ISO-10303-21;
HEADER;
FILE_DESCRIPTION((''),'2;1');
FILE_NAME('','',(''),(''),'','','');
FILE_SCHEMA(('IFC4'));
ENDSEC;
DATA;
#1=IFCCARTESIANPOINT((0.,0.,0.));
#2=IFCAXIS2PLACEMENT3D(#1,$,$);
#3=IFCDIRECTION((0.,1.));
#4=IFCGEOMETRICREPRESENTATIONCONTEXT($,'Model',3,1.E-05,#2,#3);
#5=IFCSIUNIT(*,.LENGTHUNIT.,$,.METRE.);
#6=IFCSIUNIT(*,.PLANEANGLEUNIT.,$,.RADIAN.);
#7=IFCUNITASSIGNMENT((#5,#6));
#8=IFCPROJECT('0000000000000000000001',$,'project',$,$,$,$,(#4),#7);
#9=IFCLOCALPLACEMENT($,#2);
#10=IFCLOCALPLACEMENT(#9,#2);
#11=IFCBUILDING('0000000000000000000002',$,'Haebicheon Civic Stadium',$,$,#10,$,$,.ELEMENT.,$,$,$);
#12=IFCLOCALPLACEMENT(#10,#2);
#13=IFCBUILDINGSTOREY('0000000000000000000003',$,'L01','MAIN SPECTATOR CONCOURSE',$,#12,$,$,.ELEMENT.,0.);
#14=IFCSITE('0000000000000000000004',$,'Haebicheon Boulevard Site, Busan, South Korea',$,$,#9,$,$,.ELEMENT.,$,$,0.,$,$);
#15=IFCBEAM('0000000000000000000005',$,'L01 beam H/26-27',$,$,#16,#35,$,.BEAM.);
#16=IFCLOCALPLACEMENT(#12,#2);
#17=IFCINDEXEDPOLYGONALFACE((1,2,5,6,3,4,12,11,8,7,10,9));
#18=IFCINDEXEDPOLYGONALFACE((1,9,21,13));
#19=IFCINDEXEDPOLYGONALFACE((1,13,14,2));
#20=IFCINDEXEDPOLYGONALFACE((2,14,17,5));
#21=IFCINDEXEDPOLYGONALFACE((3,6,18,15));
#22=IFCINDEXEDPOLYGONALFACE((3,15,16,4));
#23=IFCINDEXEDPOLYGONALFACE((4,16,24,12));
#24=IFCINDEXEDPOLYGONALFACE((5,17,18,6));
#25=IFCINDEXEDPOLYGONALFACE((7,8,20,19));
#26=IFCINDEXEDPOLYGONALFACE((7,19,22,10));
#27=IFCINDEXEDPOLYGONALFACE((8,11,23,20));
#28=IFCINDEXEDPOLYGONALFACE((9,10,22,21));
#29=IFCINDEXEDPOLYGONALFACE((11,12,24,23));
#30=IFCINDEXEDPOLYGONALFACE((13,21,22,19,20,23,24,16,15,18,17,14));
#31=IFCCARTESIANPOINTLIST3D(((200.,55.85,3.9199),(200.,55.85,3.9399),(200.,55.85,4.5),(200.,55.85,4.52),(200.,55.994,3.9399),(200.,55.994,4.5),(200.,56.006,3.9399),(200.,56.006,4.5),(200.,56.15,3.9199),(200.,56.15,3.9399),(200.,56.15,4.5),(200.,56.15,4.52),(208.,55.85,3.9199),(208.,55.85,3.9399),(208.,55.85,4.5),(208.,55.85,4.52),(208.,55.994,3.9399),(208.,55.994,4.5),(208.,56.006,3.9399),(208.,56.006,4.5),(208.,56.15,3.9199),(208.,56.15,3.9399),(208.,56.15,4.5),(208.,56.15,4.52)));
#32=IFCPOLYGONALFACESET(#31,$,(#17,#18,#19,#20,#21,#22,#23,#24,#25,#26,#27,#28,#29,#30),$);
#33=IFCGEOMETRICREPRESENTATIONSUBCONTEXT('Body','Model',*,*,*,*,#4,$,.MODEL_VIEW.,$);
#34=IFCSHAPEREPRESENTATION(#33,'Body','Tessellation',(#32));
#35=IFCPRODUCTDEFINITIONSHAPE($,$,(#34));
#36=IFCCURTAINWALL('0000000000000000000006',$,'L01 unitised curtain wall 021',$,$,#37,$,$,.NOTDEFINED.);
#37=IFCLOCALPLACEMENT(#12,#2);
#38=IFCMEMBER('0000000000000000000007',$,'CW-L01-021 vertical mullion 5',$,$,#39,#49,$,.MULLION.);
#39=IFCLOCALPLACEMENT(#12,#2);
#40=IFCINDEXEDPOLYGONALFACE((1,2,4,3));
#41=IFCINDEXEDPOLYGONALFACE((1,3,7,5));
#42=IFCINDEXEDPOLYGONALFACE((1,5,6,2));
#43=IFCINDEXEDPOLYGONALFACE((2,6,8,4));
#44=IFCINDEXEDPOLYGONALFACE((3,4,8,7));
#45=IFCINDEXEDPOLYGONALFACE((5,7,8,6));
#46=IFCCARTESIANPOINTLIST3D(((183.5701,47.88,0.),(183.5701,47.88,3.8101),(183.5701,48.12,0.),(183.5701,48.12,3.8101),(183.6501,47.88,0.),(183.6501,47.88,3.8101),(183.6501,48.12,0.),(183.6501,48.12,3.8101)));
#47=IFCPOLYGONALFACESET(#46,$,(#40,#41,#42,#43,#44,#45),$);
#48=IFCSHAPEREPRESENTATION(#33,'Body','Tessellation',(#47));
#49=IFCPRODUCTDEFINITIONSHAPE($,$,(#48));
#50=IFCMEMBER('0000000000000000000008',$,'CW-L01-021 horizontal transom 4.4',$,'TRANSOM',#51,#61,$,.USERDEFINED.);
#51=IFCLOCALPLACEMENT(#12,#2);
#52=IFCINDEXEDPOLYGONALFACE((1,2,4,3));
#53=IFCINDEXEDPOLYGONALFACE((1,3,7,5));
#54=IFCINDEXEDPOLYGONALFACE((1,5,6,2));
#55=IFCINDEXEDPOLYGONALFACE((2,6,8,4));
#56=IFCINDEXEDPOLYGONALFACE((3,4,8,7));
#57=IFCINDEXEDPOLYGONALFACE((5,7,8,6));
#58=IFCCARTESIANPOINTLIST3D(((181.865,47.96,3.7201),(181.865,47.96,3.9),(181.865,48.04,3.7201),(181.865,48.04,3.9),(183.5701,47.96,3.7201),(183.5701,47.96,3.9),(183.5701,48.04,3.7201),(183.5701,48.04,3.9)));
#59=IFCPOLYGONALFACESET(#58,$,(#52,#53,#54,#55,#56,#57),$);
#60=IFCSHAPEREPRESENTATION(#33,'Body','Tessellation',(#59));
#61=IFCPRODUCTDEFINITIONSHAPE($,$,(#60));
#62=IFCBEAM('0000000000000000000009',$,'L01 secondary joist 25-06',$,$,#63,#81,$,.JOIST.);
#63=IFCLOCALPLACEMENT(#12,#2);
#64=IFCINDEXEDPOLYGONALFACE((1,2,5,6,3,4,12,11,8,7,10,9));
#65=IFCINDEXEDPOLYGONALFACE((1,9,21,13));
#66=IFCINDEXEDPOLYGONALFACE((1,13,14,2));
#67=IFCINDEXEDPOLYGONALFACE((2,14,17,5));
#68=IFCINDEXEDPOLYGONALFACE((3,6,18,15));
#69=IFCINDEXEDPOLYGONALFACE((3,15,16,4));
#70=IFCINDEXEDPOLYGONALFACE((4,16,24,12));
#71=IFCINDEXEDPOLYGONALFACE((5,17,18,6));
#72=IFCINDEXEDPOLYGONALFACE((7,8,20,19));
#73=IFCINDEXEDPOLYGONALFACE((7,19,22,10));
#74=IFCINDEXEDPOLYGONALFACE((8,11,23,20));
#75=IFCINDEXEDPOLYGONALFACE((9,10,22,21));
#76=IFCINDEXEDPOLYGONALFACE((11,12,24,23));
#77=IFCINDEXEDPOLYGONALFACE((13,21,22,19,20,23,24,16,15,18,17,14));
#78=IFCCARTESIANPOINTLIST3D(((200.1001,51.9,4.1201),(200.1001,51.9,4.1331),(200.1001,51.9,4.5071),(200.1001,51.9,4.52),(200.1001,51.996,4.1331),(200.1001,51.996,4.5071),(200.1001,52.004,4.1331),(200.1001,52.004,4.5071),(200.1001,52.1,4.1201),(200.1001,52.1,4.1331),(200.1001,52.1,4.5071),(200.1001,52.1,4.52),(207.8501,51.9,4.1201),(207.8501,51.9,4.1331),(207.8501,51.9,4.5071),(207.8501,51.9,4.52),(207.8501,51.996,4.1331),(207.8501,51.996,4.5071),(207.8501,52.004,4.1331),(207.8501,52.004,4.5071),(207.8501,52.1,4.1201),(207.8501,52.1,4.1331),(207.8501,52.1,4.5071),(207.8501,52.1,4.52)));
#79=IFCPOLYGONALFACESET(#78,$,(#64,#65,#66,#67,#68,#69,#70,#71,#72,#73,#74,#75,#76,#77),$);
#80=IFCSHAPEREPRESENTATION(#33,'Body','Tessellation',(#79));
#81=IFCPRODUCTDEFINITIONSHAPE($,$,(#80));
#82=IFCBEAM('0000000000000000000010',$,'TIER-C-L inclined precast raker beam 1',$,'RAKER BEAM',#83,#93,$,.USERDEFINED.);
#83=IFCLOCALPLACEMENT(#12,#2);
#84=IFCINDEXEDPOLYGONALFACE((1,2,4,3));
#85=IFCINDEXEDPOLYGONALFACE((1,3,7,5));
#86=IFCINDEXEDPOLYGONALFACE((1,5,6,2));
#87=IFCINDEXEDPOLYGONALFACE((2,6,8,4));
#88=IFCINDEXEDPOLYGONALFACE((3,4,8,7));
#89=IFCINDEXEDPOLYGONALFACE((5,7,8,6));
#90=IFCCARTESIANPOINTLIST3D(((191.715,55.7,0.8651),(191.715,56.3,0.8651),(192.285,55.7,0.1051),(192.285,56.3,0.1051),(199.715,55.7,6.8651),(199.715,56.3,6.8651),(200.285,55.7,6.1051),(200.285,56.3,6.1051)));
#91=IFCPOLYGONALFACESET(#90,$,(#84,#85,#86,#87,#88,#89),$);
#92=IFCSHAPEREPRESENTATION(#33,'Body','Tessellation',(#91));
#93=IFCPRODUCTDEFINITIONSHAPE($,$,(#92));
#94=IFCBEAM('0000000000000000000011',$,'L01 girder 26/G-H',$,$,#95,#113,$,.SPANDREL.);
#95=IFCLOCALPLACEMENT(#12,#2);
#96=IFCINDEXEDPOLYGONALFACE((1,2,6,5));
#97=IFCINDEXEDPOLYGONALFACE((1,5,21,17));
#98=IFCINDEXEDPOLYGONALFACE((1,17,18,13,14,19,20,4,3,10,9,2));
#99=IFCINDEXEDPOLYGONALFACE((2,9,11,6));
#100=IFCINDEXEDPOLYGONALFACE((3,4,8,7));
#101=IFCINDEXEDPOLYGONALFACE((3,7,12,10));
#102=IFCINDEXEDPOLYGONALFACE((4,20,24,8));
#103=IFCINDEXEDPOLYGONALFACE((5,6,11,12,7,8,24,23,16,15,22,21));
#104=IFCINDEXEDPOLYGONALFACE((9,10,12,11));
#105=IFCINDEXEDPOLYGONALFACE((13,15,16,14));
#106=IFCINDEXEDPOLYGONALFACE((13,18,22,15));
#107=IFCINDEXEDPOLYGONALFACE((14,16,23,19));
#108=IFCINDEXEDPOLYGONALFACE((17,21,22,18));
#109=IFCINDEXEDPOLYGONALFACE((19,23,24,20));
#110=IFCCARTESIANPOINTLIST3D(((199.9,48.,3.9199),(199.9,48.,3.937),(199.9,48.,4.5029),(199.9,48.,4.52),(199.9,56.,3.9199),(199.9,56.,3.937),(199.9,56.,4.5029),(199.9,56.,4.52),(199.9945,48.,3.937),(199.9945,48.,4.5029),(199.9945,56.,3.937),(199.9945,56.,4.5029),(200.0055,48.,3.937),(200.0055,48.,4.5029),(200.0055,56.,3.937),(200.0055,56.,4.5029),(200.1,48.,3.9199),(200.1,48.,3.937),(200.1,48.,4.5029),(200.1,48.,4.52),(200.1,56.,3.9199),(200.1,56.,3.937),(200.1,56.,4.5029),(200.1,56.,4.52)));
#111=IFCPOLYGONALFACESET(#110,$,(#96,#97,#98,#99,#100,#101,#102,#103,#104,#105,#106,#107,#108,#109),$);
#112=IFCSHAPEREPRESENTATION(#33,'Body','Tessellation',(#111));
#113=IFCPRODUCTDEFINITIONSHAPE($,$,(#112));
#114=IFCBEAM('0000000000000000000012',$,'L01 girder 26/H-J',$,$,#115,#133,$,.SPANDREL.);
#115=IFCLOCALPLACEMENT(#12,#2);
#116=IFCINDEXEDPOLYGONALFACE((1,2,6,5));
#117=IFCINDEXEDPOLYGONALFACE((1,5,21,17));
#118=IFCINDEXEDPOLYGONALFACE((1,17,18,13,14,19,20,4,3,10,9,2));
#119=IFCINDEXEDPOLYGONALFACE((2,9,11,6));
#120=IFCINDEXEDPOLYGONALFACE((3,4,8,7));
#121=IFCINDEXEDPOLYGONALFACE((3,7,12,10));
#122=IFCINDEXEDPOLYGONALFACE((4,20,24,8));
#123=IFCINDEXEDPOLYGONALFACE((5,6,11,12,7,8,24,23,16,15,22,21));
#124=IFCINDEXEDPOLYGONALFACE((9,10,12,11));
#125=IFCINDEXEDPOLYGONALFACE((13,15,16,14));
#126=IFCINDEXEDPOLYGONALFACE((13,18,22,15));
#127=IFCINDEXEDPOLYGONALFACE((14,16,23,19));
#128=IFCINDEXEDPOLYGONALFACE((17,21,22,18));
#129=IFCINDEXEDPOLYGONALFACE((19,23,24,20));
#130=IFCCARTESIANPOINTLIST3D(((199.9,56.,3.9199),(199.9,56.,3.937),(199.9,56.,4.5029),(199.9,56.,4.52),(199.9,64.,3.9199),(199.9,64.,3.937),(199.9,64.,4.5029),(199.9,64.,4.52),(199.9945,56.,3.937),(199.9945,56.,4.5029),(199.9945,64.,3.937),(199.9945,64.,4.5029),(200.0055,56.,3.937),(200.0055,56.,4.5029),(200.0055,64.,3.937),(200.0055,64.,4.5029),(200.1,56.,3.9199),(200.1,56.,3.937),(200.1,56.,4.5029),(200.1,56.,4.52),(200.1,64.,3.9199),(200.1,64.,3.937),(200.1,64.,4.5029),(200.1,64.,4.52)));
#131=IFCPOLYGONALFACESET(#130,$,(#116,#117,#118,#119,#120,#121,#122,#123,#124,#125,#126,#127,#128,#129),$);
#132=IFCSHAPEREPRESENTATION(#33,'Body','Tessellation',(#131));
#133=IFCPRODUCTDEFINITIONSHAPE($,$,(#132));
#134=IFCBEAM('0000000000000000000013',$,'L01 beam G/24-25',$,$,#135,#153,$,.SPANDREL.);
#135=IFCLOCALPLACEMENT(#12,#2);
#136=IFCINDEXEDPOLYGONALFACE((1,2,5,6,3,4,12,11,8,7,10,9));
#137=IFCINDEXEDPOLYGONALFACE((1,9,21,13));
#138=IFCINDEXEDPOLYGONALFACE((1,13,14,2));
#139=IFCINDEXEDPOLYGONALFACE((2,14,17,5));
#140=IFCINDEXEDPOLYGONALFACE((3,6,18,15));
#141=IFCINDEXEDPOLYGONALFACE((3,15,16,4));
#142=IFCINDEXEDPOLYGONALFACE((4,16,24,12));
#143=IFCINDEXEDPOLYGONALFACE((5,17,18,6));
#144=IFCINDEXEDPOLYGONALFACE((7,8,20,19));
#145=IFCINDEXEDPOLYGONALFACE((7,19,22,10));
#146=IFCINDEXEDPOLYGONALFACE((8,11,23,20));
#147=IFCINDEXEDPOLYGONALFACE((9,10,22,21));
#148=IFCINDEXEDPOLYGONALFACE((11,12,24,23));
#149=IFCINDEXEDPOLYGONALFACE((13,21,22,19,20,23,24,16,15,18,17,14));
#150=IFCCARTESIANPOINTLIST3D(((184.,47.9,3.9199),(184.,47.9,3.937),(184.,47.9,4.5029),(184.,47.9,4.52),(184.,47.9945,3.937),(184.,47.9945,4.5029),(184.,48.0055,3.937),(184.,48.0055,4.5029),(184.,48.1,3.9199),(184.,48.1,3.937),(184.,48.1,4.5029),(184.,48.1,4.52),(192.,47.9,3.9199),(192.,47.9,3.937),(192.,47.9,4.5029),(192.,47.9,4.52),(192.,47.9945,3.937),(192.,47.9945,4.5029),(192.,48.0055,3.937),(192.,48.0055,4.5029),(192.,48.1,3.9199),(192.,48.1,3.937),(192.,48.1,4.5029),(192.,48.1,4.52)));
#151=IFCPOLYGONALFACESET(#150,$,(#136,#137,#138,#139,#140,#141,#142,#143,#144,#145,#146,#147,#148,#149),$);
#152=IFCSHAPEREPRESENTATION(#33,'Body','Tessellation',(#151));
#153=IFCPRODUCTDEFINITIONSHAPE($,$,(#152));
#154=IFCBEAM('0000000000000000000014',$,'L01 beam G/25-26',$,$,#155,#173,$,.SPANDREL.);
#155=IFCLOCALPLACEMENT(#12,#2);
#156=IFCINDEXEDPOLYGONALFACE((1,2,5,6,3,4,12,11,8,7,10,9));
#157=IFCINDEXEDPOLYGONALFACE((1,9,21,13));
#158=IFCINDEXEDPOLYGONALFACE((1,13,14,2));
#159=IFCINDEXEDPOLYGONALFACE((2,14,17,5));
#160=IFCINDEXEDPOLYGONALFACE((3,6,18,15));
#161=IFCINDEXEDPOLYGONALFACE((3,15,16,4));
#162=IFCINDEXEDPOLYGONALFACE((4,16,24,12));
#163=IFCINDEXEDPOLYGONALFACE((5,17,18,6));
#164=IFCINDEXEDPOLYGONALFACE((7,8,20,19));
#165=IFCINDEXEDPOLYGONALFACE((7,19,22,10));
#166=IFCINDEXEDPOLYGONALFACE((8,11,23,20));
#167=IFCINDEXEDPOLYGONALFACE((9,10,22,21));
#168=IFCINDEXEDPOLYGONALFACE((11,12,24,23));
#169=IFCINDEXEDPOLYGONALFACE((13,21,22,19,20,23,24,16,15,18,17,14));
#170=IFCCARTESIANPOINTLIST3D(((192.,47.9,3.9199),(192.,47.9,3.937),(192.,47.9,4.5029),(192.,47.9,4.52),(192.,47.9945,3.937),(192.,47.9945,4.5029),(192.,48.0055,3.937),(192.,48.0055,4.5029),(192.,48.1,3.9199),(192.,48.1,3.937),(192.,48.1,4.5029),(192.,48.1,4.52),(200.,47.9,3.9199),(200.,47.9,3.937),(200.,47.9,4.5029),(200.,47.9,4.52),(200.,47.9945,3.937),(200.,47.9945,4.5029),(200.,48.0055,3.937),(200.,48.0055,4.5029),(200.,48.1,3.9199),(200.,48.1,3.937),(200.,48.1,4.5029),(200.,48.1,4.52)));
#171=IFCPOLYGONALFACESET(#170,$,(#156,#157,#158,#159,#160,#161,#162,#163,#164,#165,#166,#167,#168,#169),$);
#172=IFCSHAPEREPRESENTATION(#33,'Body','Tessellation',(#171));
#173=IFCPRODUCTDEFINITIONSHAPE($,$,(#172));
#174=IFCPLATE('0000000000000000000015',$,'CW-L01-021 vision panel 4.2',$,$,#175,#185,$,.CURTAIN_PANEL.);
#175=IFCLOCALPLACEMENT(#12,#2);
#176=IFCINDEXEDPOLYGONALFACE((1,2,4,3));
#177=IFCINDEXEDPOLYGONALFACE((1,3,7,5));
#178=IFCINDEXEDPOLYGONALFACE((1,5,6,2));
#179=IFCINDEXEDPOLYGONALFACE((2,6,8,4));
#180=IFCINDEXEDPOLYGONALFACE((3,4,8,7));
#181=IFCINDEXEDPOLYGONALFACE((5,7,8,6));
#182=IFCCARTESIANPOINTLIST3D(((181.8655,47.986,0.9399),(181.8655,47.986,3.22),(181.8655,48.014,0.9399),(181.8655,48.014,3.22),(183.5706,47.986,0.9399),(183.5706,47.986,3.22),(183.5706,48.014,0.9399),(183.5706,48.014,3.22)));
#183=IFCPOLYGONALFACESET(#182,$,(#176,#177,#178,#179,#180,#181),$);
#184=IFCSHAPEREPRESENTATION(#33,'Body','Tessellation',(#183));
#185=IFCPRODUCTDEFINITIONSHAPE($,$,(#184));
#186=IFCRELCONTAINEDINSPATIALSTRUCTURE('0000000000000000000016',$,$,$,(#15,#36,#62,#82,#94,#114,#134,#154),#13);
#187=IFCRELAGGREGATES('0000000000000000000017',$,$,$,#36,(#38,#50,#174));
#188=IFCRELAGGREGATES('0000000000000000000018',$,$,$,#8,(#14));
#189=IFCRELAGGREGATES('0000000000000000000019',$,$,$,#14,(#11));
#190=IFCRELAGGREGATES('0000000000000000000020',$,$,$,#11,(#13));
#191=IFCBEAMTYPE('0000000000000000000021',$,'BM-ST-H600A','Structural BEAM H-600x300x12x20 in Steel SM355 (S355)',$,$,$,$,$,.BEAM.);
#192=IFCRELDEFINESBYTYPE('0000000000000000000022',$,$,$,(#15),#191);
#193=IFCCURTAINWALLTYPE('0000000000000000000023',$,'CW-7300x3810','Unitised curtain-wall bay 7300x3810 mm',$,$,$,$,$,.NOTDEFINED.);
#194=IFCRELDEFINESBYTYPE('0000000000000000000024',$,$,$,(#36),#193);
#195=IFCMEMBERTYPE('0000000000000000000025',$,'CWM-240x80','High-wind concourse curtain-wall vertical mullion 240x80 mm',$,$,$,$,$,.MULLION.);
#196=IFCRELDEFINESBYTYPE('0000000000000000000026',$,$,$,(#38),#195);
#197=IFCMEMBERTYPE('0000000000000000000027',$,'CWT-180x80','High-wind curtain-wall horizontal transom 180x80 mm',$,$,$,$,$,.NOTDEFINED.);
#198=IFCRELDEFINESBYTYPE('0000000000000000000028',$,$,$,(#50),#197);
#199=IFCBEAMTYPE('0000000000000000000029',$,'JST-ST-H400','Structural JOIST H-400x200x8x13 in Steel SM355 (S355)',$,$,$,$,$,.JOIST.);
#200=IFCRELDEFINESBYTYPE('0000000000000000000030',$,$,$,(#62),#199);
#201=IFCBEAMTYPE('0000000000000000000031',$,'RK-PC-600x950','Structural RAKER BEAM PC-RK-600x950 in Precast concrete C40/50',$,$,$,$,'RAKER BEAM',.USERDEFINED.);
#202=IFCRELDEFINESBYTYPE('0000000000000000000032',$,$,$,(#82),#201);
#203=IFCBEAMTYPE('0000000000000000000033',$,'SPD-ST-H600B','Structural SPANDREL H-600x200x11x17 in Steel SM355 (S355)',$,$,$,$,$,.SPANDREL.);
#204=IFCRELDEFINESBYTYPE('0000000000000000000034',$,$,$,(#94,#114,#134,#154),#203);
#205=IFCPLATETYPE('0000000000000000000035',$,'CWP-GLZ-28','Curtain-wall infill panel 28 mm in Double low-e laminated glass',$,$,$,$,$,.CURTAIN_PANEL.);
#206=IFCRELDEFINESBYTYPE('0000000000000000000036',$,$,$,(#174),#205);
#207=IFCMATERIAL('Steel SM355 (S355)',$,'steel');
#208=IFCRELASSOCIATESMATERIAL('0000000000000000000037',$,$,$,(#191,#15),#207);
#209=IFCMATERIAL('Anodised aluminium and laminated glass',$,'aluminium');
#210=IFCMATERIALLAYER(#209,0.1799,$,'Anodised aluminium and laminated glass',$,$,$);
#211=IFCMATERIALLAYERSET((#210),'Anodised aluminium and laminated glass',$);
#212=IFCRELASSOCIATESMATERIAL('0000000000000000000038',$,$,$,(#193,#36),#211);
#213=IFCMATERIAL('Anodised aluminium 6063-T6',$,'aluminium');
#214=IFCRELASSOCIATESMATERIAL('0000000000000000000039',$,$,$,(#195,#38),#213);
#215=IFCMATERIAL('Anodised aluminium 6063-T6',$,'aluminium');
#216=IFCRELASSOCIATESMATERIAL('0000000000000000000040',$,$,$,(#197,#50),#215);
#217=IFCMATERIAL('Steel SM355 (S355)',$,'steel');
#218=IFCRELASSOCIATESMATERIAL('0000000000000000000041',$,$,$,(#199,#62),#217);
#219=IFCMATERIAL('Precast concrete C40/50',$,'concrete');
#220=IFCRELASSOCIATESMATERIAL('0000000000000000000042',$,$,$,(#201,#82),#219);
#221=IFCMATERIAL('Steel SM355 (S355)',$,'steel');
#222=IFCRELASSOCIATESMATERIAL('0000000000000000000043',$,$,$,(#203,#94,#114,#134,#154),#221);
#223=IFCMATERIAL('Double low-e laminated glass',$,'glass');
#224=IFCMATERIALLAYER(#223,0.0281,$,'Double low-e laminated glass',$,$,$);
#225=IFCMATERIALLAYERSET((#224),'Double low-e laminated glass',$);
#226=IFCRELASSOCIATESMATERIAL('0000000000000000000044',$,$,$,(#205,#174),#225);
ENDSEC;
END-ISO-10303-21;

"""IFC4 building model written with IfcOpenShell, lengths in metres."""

from ifc_helpers import new_model, si_unit, direction, frame, origin, origin_2d, place, context, subcontext, project, spatial, rectangle, i_section, extrude, material, layer, layer_set, material_profile, profile_set, type_object, element, aggregate, save


model = new_model("IFC4")

# Units and contexts
model_context = context("Model", 3, precision=1e-05, world=origin(), true_north=direction((0.0, 1.0)))
body_context = subcontext(model_context, "Body", "Model", "MODEL_VIEW")
ifc_project = project(units=[si_unit("LENGTHUNIT", "METRE"), si_unit("PLANEANGLEUNIT", "RADIAN")], contexts=[model_context])

# Site, building, storey
site_placement = place(None, origin())
site = spatial("IfcSite", under=ifc_project, at=site_placement, Name="Haebicheon Boulevard Site, Busan, South Korea", CompositionType="ELEMENT", RefElevation=0.0)
building_placement = place(site_placement, origin())
building = spatial("IfcBuilding", under=site, at=building_placement, Name="Haebicheon Civic Stadium", CompositionType="ELEMENT")
storey_placement = place(building_placement, origin())
storey = spatial("IfcBuildingStorey", under=building, at=storey_placement, Name="L01", Description="MAIN SPECTATOR CONCOURSE", CompositionType="ELEMENT", Elevation=0.0)

# Beam
ifc_material_1 = material(Name="Steel SM355 (S355)", Category="steel")
ifc_material_profile_1 = material_profile(ifc_material_1, i_section(OverallWidth=0.3, OverallDepth=0.6001, WebThickness=0.012, FlangeThickness=0.02, at=origin_2d()), Name="H-600x300x12x20")
ifc_profile_set_1 = profile_set([ifc_material_profile_1], Name="Steel SM355 (S355)")
beam_type_1 = type_object("IfcBeamType", Name="BM-ST-H600A", Description="Structural BEAM H-600x300x12x20 in Steel SM355 (S355)", PredefinedType="BEAM", material=ifc_profile_set_1)
for number, where, z_axis, x_axis, name in (
    (1, (200.0, 56.0, 4.22), (1.0, 0.0, 0.0), (0.0, 1.0, 0.0), "L01 beam H/26-27"),
):
    element("IfcBeam", number, at=place(storey_placement, frame(where, z_axis=z_axis, x_axis=x_axis)), inside=storey, type_object=beam_type_1, material=ifc_profile_set_1, Name=name, PredefinedType="BEAM", context=body_context, shape_type="SweptSolid", body=[
        extrude(i_section(OverallWidth=0.3, OverallDepth=0.6001, WebThickness=0.012, FlangeThickness=0.02, at=origin_2d()), origin(), (0.0, 0.0, 1.0), 8.0),
    ])

# Curtain wall, members
ifc_material_2 = material(Name="Anodised aluminium and laminated glass", Category="aluminium")
ifc_layer_1 = layer(ifc_material_2, 0.1799, Name="Anodised aluminium and laminated glass")
ifc_layer_set_1 = layer_set([ifc_layer_1], Name="Anodised aluminium and laminated glass")
curtain_wall_type = type_object("IfcCurtainWallType", Name="CW-7300x3810", Description="Unitised curtain-wall bay 7300x3810 mm", PredefinedType="NOTDEFINED", material=ifc_layer_set_1)
curtain_wall_placement = place(storey_placement, origin())
curtain_wall = element("IfcCurtainWall", 2, at=curtain_wall_placement, inside=storey, type_object=curtain_wall_type, material=ifc_layer_set_1, Name="L01 unitised curtain wall 021", PredefinedType="NOTDEFINED")
ifc_material_3 = material(Name="Anodised aluminium 6063-T6", Category="aluminium")
ifc_material_profile_2 = material_profile(ifc_material_3, rectangle(XDim=0.0801, YDim=0.24, at=origin_2d()), Name="ALU-MULL-80x240")
ifc_profile_set_2 = profile_set([ifc_material_profile_2], Name="Anodised aluminium 6063-T6")
member_type_1 = type_object("IfcMemberType", Name="CWM-240x80", Description="High-wind concourse curtain-wall vertical mullion 240x80 mm", PredefinedType="MULLION", material=ifc_profile_set_2)
member_1_placement = place(storey_placement, frame((183.6101, 48.0, 0.0), z_axis=(0.0, 0.0, 1.0), x_axis=(1.0, 0.0, 0.0)))
member_1 = element("IfcMember", 3, at=member_1_placement, type_object=member_type_1, material=ifc_profile_set_2, Name="CW-L01-021 vertical mullion 5", PredefinedType="MULLION", context=body_context, shape_type="SweptSolid", body=[
    extrude(rectangle(XDim=0.0801, YDim=0.24, at=origin_2d()), origin(), (0.0, 0.0, 1.0), 3.8101),
])
ifc_material_4 = material(Name="Anodised aluminium 6063-T6", Category="aluminium")
ifc_material_profile_3 = material_profile(ifc_material_4, rectangle(XDim=0.0801, YDim=0.1799, at=origin_2d()), Name="ALU-TRAN-80x180")
ifc_profile_set_3 = profile_set([ifc_material_profile_3], Name="Anodised aluminium 6063-T6")
member_type_2 = type_object("IfcMemberType", Name="CWT-180x80", Description="High-wind curtain-wall horizontal transom 180x80 mm", PredefinedType="NOTDEFINED", material=ifc_profile_set_3)
member_2_placement = place(storey_placement, frame((181.865, 48.0, 3.8101), z_axis=(1.0, 0.0, 0.0), x_axis=(0.0, 1.0, 0.0)))
member_2 = element("IfcMember", 4, at=member_2_placement, type_object=member_type_2, material=ifc_profile_set_3, Name="CW-L01-021 horizontal transom 4.4", ObjectType="TRANSOM", PredefinedType="USERDEFINED", context=body_context, shape_type="SweptSolid", body=[
    extrude(rectangle(XDim=0.0801, YDim=0.1799, at=origin_2d()), origin(), (0.0, 0.0, 1.0), 1.7051),
])

# Beams
ifc_material_5 = material(Name="Steel SM355 (S355)", Category="steel")
ifc_material_profile_4 = material_profile(ifc_material_5, i_section(OverallWidth=0.2, OverallDepth=0.3999, WebThickness=0.0081, FlangeThickness=0.0129, at=origin_2d()), Name="H-400x200x8x13")
ifc_profile_set_4 = profile_set([ifc_material_profile_4], Name="Steel SM355 (S355)")
beam_type_2 = type_object("IfcBeamType", Name="JST-ST-H400", Description="Structural JOIST H-400x200x8x13 in Steel SM355 (S355)", PredefinedType="JOIST", material=ifc_profile_set_4)
beam_1_placement = place(storey_placement, frame((200.1001, 52.0, 4.3201), z_axis=(1.0, 0.0, 0.0), x_axis=(0.0, 1.0, 0.0)))
element("IfcBeam", 5, at=beam_1_placement, inside=storey, type_object=beam_type_2, material=ifc_profile_set_4, Name="L01 secondary joist 25-06", PredefinedType="JOIST", context=body_context, shape_type="SweptSolid", body=[
    extrude(i_section(OverallWidth=0.2, OverallDepth=0.3999, WebThickness=0.0081, FlangeThickness=0.0129, at=origin_2d()), origin(), (0.0, 0.0, 1.0), 7.75),
])
ifc_material_6 = material(Name="Precast concrete C40/50", Category="concrete")
ifc_material_profile_5 = material_profile(ifc_material_6, rectangle(XDim=0.6001, YDim=0.95, at=origin_2d()), Name="PC-RK-600x950")
ifc_profile_set_5 = profile_set([ifc_material_profile_5], Name="Precast concrete C40/50")
beam_type_3 = type_object("IfcBeamType", Name="RK-PC-600x950", Description="Structural RAKER BEAM PC-RK-600x950 in Precast concrete C40/50", ElementType="RAKER BEAM", PredefinedType="USERDEFINED", material=ifc_profile_set_5)
beam_2_placement = place(storey_placement, frame((192.0, 56.0, 0.4851), z_axis=(0.8, 0.0, 0.6), x_axis=(0.0, 1.0, 0.0)))
element("IfcBeam", 6, at=beam_2_placement, inside=storey, type_object=beam_type_3, material=ifc_profile_set_5, Name="TIER-C-L inclined precast raker beam 1", ObjectType="RAKER BEAM", PredefinedType="USERDEFINED", context=body_context, shape_type="SweptSolid", body=[
    extrude(rectangle(XDim=0.6001, YDim=0.95, at=origin_2d()), origin(), (0.0, 0.0, 1.0), 10.0),
])
ifc_material_7 = material(Name="Steel SM355 (S355)", Category="steel")
ifc_material_profile_6 = material_profile(ifc_material_7, i_section(OverallWidth=0.2, OverallDepth=0.6001, WebThickness=0.011, FlangeThickness=0.0171, at=origin_2d()), Name="H-600x200x11x17")
ifc_profile_set_6 = profile_set([ifc_material_profile_6], Name="Steel SM355 (S355)")
beam_type_4 = type_object("IfcBeamType", Name="SPD-ST-H600B", Description="Structural SPANDREL H-600x200x11x17 in Steel SM355 (S355)", PredefinedType="SPANDREL", material=ifc_profile_set_6)
for number, where, z_axis, x_axis, name in (
    (7, (200.0, 48.0, 4.22), (0.0, 1.0, 0.0), (-1.0, 0.0, 0.0), "L01 girder 26/G-H"),
    (8, (200.0, 56.0, 4.22), (0.0, 1.0, 0.0), (-1.0, 0.0, 0.0), "L01 girder 26/H-J"),
    (9, (184.0, 48.0, 4.22), (1.0, 0.0, 0.0), (0.0, 1.0, 0.0), "L01 beam G/24-25"),
    (10, (192.0, 48.0, 4.22), (1.0, 0.0, 0.0), (0.0, 1.0, 0.0), "L01 beam G/25-26"),
):
    element("IfcBeam", number, at=place(storey_placement, frame(where, z_axis=z_axis, x_axis=x_axis)), inside=storey, type_object=beam_type_4, material=ifc_profile_set_6, Name=name, PredefinedType="SPANDREL", context=body_context, shape_type="SweptSolid", body=[
        extrude(i_section(OverallWidth=0.2, OverallDepth=0.6001, WebThickness=0.011, FlangeThickness=0.0171, at=origin_2d()), origin(), (0.0, 0.0, 1.0), 8.0),
    ])

# Plate
ifc_material_8 = material(Name="Double low-e laminated glass", Category="glass")
ifc_layer_2 = layer(ifc_material_8, 0.0281, Name="Double low-e laminated glass")
ifc_layer_set_2 = layer_set([ifc_layer_2], Name="Double low-e laminated glass")
plate_type_1 = type_object("IfcPlateType", Name="CWP-GLZ-28", Description="Curtain-wall infill panel 28 mm in Double low-e laminated glass", PredefinedType="CURTAIN_PANEL", material=ifc_layer_set_2)
plate_1_placement = place(storey_placement, frame((182.718, 48.0, 0.9399), z_axis=(0.0, 0.0, 1.0), x_axis=(1.0, 0.0, 0.0)))
plate_1 = element("IfcPlate", 11, at=plate_1_placement, type_object=plate_type_1, material=ifc_layer_set_2, Name="CW-L01-021 vision panel 4.2", PredefinedType="CURTAIN_PANEL", context=body_context, shape_type="SweptSolid", body=[
    extrude(rectangle(XDim=1.7051, YDim=0.0281, at=origin_2d()), origin(), (0.0, 0.0, 1.0), 2.28),
])
aggregate(curtain_wall, [member_1, member_2, plate_1])

save(model, "model.ifc")
